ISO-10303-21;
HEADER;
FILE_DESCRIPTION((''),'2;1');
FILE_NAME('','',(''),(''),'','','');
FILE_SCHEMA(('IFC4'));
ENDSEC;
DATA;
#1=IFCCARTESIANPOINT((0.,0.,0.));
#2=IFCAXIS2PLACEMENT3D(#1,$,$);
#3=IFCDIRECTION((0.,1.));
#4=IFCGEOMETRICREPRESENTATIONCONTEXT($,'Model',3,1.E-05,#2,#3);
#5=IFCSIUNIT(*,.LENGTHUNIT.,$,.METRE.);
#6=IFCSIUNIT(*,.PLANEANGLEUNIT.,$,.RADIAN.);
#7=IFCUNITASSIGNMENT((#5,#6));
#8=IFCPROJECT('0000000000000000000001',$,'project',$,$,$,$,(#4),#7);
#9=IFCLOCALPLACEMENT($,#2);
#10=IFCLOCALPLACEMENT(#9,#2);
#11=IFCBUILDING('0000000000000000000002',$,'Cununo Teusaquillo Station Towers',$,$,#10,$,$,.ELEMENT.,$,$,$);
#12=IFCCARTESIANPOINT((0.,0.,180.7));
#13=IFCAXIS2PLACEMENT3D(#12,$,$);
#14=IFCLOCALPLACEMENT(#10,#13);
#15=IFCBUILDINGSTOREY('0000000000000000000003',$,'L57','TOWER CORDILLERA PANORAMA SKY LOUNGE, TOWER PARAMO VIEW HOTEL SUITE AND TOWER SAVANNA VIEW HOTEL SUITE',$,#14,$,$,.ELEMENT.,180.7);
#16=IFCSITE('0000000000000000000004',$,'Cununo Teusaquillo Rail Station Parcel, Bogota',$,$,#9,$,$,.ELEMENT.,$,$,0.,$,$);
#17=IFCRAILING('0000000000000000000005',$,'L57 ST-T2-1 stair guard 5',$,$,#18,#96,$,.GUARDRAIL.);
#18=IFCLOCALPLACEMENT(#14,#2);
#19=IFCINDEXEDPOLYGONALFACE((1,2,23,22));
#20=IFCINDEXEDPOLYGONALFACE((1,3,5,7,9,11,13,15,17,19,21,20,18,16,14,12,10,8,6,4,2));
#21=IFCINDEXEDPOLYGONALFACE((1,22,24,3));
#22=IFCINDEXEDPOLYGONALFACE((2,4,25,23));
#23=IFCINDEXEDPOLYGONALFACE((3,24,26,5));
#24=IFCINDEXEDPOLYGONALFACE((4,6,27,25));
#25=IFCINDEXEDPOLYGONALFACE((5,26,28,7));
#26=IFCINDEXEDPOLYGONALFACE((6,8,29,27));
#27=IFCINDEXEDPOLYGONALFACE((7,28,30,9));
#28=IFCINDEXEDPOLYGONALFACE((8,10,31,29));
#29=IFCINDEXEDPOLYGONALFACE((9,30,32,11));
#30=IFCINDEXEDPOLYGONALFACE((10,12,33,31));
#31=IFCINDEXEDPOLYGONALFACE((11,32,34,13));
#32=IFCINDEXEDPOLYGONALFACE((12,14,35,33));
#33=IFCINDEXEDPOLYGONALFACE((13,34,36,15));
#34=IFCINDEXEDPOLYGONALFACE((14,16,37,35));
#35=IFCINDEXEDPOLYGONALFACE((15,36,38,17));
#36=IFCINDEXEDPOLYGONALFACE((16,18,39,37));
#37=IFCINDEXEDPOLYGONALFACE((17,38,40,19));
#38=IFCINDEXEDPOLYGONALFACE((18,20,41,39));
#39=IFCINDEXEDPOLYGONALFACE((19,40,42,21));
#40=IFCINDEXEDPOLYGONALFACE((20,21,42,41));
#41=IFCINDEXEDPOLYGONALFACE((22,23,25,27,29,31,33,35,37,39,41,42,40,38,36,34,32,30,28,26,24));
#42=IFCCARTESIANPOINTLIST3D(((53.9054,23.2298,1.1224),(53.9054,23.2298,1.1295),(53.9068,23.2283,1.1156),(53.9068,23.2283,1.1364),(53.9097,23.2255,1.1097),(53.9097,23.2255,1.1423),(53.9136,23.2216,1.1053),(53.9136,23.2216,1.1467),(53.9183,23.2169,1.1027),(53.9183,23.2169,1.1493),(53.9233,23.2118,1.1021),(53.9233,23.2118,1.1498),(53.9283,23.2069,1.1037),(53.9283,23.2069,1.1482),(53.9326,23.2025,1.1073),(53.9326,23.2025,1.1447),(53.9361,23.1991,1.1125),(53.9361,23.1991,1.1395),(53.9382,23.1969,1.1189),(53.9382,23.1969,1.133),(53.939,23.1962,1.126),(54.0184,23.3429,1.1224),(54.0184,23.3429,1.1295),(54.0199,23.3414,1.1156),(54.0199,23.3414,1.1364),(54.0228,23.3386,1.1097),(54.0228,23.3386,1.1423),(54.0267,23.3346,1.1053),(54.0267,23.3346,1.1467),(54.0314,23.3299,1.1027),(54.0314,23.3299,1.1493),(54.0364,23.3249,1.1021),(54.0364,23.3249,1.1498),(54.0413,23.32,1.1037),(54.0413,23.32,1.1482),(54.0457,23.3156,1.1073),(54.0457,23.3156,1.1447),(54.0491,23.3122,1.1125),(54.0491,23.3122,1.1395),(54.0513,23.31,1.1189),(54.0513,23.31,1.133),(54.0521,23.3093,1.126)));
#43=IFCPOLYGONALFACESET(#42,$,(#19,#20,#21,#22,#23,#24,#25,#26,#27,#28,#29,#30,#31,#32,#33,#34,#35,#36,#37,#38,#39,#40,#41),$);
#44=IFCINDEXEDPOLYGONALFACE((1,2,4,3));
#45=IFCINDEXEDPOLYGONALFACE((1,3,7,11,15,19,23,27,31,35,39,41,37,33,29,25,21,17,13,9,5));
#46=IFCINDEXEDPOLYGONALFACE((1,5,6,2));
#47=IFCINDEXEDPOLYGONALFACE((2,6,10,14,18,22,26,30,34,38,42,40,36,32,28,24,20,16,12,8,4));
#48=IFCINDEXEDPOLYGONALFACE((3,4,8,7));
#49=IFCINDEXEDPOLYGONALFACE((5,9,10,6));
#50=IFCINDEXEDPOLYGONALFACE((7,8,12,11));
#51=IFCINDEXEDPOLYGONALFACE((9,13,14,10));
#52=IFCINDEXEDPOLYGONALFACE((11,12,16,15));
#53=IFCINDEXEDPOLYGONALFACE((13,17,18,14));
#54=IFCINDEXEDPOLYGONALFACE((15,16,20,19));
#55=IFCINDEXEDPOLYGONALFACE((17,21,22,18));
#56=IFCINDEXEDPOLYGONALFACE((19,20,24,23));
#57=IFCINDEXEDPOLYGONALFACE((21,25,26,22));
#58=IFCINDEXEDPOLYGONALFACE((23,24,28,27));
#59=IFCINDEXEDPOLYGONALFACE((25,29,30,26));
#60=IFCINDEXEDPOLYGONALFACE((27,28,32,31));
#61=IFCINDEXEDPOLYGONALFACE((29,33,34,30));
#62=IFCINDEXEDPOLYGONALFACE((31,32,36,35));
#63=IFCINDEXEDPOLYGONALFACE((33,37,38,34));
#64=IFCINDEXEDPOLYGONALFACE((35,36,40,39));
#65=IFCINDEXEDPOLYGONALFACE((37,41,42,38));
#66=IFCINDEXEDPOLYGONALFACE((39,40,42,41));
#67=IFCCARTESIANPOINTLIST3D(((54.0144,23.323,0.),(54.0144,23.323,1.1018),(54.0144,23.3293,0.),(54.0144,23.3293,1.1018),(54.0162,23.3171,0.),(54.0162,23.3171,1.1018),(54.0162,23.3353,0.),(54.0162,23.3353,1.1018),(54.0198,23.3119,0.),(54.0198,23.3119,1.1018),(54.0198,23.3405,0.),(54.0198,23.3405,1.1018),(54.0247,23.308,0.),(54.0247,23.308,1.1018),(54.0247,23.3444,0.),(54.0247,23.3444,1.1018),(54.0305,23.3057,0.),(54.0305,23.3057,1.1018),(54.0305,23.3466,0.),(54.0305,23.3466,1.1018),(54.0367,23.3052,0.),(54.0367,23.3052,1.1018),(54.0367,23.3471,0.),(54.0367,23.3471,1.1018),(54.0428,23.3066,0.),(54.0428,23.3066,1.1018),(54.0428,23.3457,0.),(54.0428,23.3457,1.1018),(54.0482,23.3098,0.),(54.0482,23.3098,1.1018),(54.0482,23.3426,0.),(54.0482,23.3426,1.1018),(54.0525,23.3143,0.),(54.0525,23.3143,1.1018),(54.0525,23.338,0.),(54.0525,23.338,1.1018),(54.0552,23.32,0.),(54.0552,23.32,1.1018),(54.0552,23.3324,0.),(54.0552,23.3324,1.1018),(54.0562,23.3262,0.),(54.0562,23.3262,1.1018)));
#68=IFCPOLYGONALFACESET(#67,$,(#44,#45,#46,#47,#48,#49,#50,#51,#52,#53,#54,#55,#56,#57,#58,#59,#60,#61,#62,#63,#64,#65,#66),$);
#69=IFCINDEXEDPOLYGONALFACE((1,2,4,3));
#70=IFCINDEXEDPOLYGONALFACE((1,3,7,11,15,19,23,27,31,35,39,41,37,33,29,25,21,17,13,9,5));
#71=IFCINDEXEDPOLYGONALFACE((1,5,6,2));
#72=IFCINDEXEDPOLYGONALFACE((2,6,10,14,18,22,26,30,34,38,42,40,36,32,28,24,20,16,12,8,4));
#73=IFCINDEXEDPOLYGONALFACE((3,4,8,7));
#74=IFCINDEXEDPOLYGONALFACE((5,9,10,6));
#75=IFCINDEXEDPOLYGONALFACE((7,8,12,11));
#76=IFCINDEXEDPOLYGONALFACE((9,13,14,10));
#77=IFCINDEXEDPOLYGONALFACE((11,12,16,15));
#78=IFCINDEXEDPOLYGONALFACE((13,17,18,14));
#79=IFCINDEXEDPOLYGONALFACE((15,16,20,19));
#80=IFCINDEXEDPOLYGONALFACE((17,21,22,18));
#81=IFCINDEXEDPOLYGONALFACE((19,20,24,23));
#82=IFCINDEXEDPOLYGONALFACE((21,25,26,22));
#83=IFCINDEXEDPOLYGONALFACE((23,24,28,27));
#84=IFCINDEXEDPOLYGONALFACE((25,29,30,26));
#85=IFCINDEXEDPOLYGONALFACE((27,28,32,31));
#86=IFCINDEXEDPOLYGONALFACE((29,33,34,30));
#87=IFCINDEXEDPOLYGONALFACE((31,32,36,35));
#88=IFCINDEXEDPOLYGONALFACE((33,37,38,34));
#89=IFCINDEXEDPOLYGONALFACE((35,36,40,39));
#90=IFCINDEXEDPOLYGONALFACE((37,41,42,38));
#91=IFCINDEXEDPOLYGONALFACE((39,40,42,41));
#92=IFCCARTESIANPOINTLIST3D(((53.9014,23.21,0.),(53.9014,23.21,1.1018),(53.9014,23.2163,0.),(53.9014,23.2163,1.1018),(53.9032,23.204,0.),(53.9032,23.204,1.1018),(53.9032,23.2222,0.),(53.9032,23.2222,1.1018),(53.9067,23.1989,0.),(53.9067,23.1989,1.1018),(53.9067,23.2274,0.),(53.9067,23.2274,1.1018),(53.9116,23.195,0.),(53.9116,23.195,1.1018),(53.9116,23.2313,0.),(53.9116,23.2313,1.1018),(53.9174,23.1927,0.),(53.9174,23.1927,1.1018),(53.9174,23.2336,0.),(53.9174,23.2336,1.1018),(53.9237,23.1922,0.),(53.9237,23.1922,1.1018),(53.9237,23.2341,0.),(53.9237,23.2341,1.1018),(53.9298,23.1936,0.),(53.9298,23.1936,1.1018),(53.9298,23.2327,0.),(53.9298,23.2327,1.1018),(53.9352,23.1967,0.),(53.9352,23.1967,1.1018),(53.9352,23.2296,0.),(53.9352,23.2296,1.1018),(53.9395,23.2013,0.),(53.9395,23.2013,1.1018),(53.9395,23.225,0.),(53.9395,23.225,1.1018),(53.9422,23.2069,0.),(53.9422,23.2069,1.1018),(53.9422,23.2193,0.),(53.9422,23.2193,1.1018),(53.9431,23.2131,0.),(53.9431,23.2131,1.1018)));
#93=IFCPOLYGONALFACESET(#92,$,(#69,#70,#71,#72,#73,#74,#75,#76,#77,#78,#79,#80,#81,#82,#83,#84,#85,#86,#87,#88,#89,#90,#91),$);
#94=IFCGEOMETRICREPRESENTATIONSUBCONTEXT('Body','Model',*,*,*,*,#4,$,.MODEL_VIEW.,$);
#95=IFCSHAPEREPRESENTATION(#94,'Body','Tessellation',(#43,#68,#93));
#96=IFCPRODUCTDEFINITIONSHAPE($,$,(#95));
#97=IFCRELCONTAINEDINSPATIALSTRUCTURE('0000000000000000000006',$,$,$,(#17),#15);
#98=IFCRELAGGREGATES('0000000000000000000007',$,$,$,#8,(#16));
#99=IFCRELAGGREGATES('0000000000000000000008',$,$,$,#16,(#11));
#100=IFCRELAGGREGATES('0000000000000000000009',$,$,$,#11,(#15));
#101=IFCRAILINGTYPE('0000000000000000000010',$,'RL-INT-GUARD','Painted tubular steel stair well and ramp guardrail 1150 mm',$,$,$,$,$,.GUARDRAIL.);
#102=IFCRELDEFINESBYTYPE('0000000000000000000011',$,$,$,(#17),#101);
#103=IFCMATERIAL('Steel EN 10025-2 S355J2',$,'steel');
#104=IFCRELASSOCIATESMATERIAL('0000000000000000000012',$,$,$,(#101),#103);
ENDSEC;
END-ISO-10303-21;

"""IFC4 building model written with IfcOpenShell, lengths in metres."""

from ifc_helpers import new_model, si_unit, direction, frame, origin, origin_2d, place, context, subcontext, project, spatial, circle, extrude, material, type_object, element, save


model = new_model("IFC4")

# Units and contexts
model_context = context("Model", 3, precision=1e-05, world=origin(), true_north=direction((0.0, 1.0)))
body_context = subcontext(model_context, "Body", "Model", "MODEL_VIEW")
ifc_project = project(units=[si_unit("LENGTHUNIT", "METRE"), si_unit("PLANEANGLEUNIT", "RADIAN")], contexts=[model_context])

# Site, building, storey
site_placement = place(None, origin())
site = spatial("IfcSite", under=ifc_project, at=site_placement, Name="Cununo Teusaquillo Rail Station Parcel, Bogota", CompositionType="ELEMENT", RefElevation=0.0)
building_placement = place(site_placement, origin())
building = spatial("IfcBuilding", under=site, at=building_placement, Name="Cununo Teusaquillo Station Towers", CompositionType="ELEMENT")
storey_placement = place(building_placement, frame((0.0, 0.0, 180.7)))
storey = spatial("IfcBuildingStorey", under=building, at=storey_placement, Name="L57", Description="TOWER CORDILLERA PANORAMA SKY LOUNGE, TOWER PARAMO VIEW HOTEL SUITE AND TOWER SAVANNA VIEW HOTEL SUITE", CompositionType="ELEMENT", Elevation=180.7)

# Railing
ifc_material_1 = material(Name="Steel EN 10025-2 S355J2", Category="steel")
railing_type_1 = type_object("IfcRailingType", Name="RL-INT-GUARD", Description="Painted tubular steel stair well and ramp guardrail 1150 mm", PredefinedType="GUARDRAIL", material=ifc_material_1)
railing_1_placement = place(storey_placement, frame((54.0352, 23.3262, 0.0)))
element("IfcRailing", 1, at=railing_1_placement, inside=storey, type_object=railing_type_1, Name="L57 ST-T2-1 stair guard 5", PredefinedType="GUARDRAIL", context=body_context, shape_type="SweptSolid", body=[
    extrude(circle(Radius=0.0239, at=origin_2d()), frame((0.0, 0.0, 1.126), z_axis=(-0.707107, -0.707107, 0.0), x_axis=(0.707107, -0.707107, 0.0)), (0.0, 0.0, 1.0), 0.1599),
    extrude(circle(Radius=0.021, at=origin_2d()), origin(), (0.0, 0.0, 1.0), 1.1018),
    extrude(circle(Radius=0.021, at=origin_2d()), frame((-0.113, -0.113, 0.0)), (0.0, 0.0, 1.0), 1.1018),
])

save(model, "model.ifc")
